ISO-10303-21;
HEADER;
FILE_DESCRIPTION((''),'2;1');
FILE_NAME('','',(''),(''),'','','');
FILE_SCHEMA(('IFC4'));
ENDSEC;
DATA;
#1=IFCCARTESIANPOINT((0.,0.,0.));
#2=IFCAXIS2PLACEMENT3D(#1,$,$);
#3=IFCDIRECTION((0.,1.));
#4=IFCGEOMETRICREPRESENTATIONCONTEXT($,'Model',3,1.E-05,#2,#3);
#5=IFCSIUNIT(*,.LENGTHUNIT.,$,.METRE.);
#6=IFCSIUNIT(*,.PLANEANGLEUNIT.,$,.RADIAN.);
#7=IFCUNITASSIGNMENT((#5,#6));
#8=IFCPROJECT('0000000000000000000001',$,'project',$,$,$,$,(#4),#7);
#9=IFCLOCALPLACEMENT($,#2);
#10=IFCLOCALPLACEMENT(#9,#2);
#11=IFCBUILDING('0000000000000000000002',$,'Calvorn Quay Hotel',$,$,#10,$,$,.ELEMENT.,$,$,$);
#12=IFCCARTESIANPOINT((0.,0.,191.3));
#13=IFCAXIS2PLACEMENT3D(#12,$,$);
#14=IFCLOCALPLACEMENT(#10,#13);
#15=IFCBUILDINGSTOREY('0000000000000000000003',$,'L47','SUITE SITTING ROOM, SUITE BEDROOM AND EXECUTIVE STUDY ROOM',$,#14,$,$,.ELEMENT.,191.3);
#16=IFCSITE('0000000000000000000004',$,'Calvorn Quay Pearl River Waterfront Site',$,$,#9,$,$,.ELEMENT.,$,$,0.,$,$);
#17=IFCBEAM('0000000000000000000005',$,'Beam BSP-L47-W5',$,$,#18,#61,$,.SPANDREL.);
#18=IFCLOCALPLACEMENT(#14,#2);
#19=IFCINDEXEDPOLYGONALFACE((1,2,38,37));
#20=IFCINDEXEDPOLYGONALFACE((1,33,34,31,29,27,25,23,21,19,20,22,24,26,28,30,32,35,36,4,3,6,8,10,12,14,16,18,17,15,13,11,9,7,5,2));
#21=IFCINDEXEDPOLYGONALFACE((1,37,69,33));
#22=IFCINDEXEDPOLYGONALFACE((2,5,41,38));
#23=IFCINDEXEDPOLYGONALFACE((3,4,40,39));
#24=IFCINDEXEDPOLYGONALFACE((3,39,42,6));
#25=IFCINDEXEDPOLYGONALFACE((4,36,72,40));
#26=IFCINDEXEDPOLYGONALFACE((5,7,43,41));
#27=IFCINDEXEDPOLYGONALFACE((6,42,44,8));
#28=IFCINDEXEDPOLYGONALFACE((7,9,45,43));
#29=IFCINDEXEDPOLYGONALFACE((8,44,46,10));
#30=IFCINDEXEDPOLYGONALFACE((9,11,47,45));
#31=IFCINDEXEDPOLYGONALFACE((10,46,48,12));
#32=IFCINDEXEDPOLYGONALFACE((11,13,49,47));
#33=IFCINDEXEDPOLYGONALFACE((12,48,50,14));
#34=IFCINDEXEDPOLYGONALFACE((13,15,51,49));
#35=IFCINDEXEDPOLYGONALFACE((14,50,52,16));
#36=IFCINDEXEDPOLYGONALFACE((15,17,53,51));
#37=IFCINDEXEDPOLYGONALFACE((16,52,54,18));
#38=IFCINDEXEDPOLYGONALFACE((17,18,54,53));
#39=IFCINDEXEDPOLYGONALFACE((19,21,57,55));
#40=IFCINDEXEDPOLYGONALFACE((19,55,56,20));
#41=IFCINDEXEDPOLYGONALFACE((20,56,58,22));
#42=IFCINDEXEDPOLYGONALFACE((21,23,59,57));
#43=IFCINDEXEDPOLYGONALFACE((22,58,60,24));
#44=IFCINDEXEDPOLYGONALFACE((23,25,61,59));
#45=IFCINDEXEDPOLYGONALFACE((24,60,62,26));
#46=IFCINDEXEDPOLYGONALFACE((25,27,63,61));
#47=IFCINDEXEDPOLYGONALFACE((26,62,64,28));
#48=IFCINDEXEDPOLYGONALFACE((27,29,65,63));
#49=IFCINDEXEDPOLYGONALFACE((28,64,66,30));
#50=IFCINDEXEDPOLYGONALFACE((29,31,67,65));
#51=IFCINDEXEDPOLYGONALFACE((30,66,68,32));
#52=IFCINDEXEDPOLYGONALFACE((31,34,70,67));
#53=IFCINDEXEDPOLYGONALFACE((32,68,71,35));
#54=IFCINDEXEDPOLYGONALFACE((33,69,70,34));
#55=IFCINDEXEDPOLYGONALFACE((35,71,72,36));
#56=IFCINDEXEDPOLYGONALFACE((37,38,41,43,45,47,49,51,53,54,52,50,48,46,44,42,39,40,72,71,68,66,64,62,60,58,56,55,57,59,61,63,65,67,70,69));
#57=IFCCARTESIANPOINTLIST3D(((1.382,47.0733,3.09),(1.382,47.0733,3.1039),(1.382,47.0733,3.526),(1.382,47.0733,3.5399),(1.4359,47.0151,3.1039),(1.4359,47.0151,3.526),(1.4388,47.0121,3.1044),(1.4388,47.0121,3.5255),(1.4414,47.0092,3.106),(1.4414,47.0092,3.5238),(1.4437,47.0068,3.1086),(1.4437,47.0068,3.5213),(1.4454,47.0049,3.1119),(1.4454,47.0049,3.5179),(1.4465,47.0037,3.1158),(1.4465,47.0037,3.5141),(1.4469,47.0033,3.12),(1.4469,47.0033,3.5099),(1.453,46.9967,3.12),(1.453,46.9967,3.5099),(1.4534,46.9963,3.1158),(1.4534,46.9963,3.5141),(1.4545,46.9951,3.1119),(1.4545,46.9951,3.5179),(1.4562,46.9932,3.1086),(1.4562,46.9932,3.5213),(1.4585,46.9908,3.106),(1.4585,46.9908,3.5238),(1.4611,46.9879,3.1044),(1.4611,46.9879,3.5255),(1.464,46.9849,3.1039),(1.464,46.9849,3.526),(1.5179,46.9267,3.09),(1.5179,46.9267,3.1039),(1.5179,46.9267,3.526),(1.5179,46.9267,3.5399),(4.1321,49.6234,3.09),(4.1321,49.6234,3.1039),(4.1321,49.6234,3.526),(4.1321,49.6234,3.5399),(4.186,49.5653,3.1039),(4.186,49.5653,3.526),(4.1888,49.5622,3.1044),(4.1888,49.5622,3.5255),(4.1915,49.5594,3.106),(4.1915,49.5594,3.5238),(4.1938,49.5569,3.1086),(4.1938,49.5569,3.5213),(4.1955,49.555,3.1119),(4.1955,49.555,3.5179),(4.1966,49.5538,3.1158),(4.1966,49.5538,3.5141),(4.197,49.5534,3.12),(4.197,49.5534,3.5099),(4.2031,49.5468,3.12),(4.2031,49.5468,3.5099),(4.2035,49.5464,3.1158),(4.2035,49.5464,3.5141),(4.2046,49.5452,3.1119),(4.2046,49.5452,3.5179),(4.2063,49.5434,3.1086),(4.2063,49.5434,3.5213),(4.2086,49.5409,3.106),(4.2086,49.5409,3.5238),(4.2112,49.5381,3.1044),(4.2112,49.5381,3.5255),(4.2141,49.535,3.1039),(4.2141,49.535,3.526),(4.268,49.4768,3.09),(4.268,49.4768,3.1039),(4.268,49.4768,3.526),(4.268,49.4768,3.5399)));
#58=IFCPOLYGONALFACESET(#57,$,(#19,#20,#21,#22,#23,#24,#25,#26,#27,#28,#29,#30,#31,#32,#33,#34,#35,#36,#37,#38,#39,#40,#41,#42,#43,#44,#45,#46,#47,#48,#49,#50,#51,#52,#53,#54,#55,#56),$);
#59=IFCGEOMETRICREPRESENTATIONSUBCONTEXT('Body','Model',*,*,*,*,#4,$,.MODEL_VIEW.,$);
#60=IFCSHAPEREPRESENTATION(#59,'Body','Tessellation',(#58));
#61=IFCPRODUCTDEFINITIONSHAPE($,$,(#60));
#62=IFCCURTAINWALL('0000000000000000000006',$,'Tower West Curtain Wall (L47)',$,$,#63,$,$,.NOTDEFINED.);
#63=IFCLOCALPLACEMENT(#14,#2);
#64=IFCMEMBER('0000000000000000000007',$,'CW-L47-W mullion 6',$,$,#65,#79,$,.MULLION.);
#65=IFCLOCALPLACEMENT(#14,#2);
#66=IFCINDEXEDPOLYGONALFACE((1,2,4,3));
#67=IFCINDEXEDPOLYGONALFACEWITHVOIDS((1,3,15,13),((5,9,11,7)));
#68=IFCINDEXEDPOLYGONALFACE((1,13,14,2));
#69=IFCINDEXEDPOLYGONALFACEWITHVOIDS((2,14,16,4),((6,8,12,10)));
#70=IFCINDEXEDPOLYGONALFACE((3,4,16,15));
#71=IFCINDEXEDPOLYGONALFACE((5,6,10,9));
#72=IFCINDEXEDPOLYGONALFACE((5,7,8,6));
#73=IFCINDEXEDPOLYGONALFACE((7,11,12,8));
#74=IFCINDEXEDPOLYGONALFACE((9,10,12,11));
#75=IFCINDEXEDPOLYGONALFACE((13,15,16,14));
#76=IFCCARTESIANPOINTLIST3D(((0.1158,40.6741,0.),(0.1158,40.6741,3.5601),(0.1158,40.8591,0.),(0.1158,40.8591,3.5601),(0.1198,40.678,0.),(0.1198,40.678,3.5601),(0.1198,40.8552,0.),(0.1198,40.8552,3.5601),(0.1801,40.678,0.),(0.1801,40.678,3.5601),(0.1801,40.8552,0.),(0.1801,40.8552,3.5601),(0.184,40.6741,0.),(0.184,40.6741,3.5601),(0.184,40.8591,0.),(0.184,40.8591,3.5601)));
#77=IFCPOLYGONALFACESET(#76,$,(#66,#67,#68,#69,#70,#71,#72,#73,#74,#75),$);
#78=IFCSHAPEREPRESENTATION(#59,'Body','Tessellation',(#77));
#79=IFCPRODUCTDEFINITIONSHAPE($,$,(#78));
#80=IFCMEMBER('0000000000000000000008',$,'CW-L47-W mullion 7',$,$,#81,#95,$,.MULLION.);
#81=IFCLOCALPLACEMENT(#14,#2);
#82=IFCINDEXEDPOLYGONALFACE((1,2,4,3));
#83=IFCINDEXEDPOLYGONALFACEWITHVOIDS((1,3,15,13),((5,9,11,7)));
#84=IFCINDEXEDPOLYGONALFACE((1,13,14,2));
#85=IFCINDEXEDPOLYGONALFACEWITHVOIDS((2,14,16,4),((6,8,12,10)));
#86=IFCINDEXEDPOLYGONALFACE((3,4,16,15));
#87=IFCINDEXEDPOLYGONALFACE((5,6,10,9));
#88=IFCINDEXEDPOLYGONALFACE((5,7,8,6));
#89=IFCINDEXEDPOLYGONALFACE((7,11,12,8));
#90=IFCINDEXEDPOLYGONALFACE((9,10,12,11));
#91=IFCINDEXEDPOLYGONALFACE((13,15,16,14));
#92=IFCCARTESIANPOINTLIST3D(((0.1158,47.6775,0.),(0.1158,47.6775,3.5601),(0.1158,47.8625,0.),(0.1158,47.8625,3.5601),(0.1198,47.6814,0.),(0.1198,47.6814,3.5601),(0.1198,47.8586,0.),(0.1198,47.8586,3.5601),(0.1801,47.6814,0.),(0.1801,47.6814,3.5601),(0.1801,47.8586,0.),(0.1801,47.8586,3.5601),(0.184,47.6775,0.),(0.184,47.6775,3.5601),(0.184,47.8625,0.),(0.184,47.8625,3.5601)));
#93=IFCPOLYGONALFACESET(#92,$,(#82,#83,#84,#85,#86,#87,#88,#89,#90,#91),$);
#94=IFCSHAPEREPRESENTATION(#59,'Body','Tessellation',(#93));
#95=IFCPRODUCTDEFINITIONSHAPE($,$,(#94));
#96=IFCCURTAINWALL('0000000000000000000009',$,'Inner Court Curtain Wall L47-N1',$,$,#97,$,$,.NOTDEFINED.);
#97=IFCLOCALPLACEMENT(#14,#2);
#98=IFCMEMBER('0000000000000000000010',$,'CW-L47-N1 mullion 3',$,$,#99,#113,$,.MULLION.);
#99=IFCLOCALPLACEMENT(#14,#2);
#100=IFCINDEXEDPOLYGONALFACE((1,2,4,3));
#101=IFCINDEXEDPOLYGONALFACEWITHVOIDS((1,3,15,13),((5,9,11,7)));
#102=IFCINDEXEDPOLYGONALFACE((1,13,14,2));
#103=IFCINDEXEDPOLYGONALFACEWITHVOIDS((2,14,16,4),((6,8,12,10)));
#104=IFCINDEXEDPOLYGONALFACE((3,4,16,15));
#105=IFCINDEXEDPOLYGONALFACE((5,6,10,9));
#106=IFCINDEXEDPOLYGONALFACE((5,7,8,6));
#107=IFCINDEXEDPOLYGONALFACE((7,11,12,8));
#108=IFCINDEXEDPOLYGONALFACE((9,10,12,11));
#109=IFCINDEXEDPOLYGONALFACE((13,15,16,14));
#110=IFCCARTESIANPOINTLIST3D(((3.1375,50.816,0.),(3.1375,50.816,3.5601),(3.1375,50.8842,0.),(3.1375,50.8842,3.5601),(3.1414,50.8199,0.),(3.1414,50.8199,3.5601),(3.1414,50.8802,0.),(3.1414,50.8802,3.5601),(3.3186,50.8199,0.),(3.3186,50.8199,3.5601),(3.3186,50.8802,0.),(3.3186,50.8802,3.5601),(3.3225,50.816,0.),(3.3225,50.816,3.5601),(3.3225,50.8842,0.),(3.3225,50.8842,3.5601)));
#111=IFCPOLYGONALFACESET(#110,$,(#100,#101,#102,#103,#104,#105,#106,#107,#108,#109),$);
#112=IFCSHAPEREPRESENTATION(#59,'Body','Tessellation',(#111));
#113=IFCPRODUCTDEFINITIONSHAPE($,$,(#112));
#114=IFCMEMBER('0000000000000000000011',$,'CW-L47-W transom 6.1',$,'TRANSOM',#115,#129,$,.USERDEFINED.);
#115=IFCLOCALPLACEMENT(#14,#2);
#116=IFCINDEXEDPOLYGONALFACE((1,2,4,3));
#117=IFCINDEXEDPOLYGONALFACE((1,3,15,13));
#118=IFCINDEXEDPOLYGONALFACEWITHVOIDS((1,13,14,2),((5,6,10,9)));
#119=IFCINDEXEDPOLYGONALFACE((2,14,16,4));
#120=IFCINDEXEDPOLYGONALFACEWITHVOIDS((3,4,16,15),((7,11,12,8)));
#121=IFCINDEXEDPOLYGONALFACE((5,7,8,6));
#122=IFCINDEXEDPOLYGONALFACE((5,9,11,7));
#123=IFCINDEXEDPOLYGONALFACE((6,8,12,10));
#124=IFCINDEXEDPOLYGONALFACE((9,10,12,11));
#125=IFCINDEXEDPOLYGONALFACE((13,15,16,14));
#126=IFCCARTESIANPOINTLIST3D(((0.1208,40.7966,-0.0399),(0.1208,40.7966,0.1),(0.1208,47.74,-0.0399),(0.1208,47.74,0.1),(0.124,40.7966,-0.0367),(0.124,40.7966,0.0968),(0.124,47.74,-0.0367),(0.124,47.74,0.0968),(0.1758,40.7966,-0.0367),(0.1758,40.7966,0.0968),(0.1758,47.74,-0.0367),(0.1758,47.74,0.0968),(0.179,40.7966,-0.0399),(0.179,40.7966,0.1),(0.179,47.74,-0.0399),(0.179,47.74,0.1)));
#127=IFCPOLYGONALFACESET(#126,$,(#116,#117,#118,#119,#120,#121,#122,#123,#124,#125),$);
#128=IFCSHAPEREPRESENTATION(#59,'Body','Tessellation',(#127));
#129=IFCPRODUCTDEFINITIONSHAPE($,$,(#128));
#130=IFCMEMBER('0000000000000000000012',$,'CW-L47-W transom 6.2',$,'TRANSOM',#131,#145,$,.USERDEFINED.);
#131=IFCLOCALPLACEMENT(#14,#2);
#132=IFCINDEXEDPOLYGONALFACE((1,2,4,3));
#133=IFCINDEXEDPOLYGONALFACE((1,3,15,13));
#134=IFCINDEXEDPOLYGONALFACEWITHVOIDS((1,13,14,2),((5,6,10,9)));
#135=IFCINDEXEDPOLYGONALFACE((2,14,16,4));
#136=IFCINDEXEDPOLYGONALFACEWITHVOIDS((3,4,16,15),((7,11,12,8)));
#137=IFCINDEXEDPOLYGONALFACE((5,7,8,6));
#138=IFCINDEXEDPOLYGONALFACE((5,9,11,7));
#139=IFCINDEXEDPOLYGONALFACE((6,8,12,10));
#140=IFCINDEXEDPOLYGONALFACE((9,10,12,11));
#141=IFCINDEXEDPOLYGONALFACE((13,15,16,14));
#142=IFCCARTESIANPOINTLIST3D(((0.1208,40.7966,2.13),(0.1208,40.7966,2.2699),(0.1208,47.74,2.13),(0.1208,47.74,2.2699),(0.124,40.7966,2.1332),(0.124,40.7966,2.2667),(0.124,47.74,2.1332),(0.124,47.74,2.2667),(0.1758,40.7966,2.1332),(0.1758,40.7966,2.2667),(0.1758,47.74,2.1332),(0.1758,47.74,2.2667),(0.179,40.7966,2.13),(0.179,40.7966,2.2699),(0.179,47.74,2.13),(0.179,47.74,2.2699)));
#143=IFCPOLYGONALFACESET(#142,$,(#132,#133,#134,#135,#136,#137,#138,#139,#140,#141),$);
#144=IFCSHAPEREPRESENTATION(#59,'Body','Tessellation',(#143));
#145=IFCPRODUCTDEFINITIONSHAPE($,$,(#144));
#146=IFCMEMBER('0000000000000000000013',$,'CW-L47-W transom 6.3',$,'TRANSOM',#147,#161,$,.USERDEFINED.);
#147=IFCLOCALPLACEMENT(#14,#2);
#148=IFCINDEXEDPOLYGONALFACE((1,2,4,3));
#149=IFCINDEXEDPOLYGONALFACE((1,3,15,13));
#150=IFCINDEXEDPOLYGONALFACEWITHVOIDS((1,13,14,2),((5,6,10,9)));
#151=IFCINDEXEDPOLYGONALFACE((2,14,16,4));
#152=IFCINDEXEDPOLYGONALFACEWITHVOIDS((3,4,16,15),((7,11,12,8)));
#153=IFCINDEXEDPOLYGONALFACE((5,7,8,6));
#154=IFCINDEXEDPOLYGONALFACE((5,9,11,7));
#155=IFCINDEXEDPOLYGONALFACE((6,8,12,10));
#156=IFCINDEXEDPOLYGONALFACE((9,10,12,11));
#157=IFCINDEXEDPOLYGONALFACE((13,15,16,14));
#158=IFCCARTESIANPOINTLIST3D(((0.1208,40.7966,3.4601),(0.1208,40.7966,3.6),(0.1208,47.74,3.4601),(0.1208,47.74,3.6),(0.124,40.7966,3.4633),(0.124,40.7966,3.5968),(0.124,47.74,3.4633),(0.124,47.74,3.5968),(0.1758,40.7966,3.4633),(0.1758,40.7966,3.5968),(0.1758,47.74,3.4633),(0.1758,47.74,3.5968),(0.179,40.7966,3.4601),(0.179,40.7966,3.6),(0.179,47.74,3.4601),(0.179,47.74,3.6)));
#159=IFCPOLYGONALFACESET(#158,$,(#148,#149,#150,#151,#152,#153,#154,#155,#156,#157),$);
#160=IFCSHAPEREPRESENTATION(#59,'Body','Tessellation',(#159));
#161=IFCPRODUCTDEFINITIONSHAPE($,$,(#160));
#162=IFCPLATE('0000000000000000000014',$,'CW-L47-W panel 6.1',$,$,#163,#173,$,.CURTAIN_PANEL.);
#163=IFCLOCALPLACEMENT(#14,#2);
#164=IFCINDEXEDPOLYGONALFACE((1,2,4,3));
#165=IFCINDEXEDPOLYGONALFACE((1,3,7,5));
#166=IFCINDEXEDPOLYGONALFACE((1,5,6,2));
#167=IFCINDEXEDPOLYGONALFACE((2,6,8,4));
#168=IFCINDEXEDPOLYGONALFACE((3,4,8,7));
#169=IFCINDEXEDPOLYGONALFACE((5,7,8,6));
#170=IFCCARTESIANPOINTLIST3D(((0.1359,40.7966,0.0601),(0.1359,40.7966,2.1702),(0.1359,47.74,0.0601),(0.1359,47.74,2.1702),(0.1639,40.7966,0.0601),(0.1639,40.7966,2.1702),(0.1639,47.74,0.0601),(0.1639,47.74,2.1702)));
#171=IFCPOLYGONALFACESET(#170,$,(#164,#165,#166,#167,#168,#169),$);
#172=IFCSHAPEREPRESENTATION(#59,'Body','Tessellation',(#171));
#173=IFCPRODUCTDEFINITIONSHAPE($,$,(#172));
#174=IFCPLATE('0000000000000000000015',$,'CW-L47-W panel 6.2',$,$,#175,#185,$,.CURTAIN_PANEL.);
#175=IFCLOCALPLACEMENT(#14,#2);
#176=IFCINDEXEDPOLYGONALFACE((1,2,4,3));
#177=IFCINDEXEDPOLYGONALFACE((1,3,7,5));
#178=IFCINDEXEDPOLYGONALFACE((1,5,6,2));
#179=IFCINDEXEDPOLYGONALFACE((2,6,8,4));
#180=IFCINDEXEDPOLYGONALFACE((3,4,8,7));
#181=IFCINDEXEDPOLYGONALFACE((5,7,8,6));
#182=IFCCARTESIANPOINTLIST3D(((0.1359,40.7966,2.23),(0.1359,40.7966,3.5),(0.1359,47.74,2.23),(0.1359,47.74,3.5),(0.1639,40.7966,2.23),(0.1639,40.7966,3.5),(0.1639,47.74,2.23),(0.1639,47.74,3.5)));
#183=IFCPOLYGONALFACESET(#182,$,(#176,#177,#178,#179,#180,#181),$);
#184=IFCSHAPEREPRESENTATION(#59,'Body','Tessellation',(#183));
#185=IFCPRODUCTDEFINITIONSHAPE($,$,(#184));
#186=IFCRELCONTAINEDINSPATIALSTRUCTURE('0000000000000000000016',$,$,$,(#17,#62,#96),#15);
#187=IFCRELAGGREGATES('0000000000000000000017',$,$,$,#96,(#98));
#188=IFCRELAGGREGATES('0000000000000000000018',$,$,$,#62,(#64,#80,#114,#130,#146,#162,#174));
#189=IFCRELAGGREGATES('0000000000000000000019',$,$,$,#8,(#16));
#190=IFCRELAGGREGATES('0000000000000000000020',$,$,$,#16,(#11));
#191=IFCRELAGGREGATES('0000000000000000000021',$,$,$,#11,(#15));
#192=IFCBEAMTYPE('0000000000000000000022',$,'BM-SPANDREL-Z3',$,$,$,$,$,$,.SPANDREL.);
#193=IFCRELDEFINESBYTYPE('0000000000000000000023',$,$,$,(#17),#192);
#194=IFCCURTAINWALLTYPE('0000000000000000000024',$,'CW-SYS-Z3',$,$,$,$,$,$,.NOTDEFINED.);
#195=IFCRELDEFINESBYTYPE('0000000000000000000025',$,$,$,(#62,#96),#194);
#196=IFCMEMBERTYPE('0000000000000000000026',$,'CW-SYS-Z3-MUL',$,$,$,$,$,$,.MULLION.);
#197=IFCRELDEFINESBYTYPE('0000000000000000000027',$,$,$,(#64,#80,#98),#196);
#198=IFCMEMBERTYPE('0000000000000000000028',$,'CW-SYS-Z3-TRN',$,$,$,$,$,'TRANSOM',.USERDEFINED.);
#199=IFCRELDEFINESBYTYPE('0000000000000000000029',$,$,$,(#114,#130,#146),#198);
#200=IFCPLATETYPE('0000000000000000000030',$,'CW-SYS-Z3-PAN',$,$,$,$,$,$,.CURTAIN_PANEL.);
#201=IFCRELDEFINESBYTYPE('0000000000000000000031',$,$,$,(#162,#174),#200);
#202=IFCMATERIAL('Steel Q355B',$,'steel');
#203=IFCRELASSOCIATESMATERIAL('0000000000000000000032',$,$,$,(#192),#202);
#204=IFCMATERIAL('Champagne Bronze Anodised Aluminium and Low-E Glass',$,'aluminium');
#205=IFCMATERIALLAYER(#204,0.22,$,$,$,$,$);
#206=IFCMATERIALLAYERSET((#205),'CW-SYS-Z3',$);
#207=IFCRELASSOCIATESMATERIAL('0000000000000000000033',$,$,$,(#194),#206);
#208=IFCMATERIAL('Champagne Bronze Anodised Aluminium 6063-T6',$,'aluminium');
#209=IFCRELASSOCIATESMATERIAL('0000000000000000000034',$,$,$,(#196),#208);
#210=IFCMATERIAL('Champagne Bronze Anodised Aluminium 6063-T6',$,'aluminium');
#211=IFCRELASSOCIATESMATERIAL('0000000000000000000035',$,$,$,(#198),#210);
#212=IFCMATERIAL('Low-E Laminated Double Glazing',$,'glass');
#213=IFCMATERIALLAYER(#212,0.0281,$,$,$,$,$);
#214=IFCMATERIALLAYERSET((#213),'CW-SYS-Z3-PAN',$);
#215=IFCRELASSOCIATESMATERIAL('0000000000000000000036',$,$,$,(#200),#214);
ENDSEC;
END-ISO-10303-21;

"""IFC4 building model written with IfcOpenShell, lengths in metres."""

from ifc_helpers import new_model, si_unit, direction, frame, origin, origin_2d, place, context, subcontext, project, spatial, rectangle, hollow_rectangle, i_section, extrude, material, layer, layer_set, material_profile, profile_set, type_object, element, aggregate, save


model = new_model("IFC4")

# Units and contexts
model_context = context("Model", 3, precision=1e-05, world=origin(), true_north=direction((0.0, 1.0)))
body_context = subcontext(model_context, "Body", "Model", "MODEL_VIEW")
ifc_project = project(units=[si_unit("LENGTHUNIT", "METRE"), si_unit("PLANEANGLEUNIT", "RADIAN")], contexts=[model_context])

# Site, building, storey
site_placement = place(None, origin())
site = spatial("IfcSite", under=ifc_project, at=site_placement, Name="Calvorn Quay Pearl River Waterfront Site", CompositionType="ELEMENT", RefElevation=0.0)
building_placement = place(site_placement, origin())
building = spatial("IfcBuilding", under=site, at=building_placement, Name="Calvorn Quay Hotel", CompositionType="ELEMENT")
storey_placement = place(building_placement, frame((0.0, 0.0, 191.3)))
storey = spatial("IfcBuildingStorey", under=building, at=storey_placement, Name="L47", Description="SUITE SITTING ROOM, SUITE BEDROOM AND EXECUTIVE STUDY ROOM", CompositionType="ELEMENT", Elevation=191.3)

# Beam
ifc_material_1 = material(Name="Steel Q355B", Category="steel")
ifc_material_profile_1 = material_profile(ifc_material_1, i_section(OverallWidth=0.2, OverallDepth=0.45, WebThickness=0.009, FlangeThickness=0.0139, FilletRadius=0.0161, at=origin_2d()), Name="HN450x200x9x14")
ifc_profile_set_1 = profile_set([ifc_material_profile_1], Name="Steel Q355B")
beam_type_1 = type_object("IfcBeamType", Name="BM-SPANDREL-Z3", PredefinedType="SPANDREL", material=ifc_profile_set_1)
beam_1_placement = place(storey_placement, frame((1.45, 47.0, 3.3149), z_axis=(0.733262, 0.679947, 0.0), x_axis=(-0.679947, 0.733262, 0.0)))
element("IfcBeam", 1, at=beam_1_placement, inside=storey, type_object=beam_type_1, Name="Beam BSP-L47-W5", PredefinedType="SPANDREL", context=body_context, shape_type="SweptSolid", body=[
    extrude(i_section(OverallWidth=0.2, OverallDepth=0.45, WebThickness=0.009, FlangeThickness=0.0139, FilletRadius=0.0161, at=origin_2d()), origin(), (0.0, 0.0, 1.0), 3.7505),
])

# Curtain wall, members
ifc_material_2 = material(Name="Champagne Bronze Anodised Aluminium and Low-E Glass", Category="aluminium")
ifc_layer_1 = layer(ifc_material_2, 0.22)
ifc_layer_set_1 = layer_set([ifc_layer_1], Name="CW-SYS-Z3")
curtain_wall_type = type_object("IfcCurtainWallType", Name="CW-SYS-Z3", PredefinedType="NOTDEFINED", material=ifc_layer_set_1)
curtain_wall_1_placement = place(storey_placement, origin())
curtain_wall_1 = element("IfcCurtainWall", 2, at=curtain_wall_1_placement, inside=storey, type_object=curtain_wall_type, Name="Tower West Curtain Wall (L47)", PredefinedType="NOTDEFINED")
ifc_material_3 = material(Name="Champagne Bronze Anodised Aluminium 6063-T6", Category="aluminium")
ifc_material_profile_2 = material_profile(ifc_material_3, hollow_rectangle(XDim=0.0681, YDim=0.1851, WallThickness=0.0039, at=origin_2d()), Name="ALU-M185x68x4")
ifc_profile_set_2 = profile_set([ifc_material_profile_2], Name="Champagne Bronze Anodised Aluminium 6063-T6")
member_type_1 = type_object("IfcMemberType", Name="CW-SYS-Z3-MUL", PredefinedType="MULLION", material=ifc_profile_set_2)
member_1_placement = place(storey_placement, frame((0.1499, 40.7666, 0.0), z_axis=(0.0, 0.0, 1.0), x_axis=(-1.0, 0.0, 0.0)))
member_1 = element("IfcMember", 3, at=member_1_placement, type_object=member_type_1, Name="CW-L47-W mullion 6", PredefinedType="MULLION", context=body_context, shape_type="SweptSolid", body=[
    extrude(hollow_rectangle(XDim=0.0681, YDim=0.1851, WallThickness=0.0039, at=origin_2d()), origin(), (0.0, 0.0, 1.0), 3.5601),
])
member_2_placement = place(storey_placement, frame((0.1499, 47.77, 0.0), z_axis=(0.0, 0.0, 1.0), x_axis=(-1.0, 0.0, 0.0)))
member_2 = element("IfcMember", 4, at=member_2_placement, type_object=member_type_1, Name="CW-L47-W mullion 7", PredefinedType="MULLION", context=body_context, shape_type="SweptSolid", body=[
    extrude(hollow_rectangle(XDim=0.0681, YDim=0.1851, WallThickness=0.0039, at=origin_2d()), origin(), (0.0, 0.0, 1.0), 3.5601),
])

# Curtain wall, member
curtain_wall_2_placement = place(storey_placement, origin())
curtain_wall_2 = element("IfcCurtainWall", 5, at=curtain_wall_2_placement, inside=storey, type_object=curtain_wall_type, Name="Inner Court Curtain Wall L47-N1", PredefinedType="NOTDEFINED")
member_3_placement = place(storey_placement, frame((3.23, 50.8501, 0.0), z_axis=(0.0, 0.0, 1.0), x_axis=(0.0, -1.0, 0.0)))
member_3 = element("IfcMember", 6, at=member_3_placement, type_object=member_type_1, Name="CW-L47-N1 mullion 3", PredefinedType="MULLION", context=body_context, shape_type="SweptSolid", body=[
    extrude(hollow_rectangle(XDim=0.0681, YDim=0.1851, WallThickness=0.0039, at=origin_2d()), origin(), (0.0, 0.0, 1.0), 3.5601),
])
aggregate(curtain_wall_2, [member_3])

# Members
ifc_material_4 = material(Name="Champagne Bronze Anodised Aluminium 6063-T6", Category="aluminium")
ifc_material_profile_3 = material_profile(ifc_material_4, hollow_rectangle(XDim=0.0581, YDim=0.1399, WallThickness=0.0032, at=origin_2d()), Name="ALU-T140x58x3.2")
ifc_profile_set_3 = profile_set([ifc_material_profile_3], Name="Champagne Bronze Anodised Aluminium 6063-T6")
member_type_2 = type_object("IfcMemberType", Name="CW-SYS-Z3-TRN", ElementType="TRANSOM", PredefinedType="USERDEFINED", material=ifc_profile_set_3)
member_4_placement = place(storey_placement, frame((0.1499, 40.7966, 0.03), z_axis=(0.0, 1.0, 0.0), x_axis=(-1.0, 0.0, 0.0)))
member_4 = element("IfcMember", 7, at=member_4_placement, type_object=member_type_2, Name="CW-L47-W transom 6.1", ObjectType="TRANSOM", PredefinedType="USERDEFINED", context=body_context, shape_type="SweptSolid", body=[
    extrude(hollow_rectangle(XDim=0.0581, YDim=0.1399, WallThickness=0.0032, at=origin_2d()), origin(), (0.0, 0.0, 1.0), 6.9434),
])
member_5_placement = place(storey_placement, frame((0.1499, 40.7966, 2.2), z_axis=(0.0, 1.0, 0.0), x_axis=(-1.0, 0.0, 0.0)))
member_5 = element("IfcMember", 8, at=member_5_placement, type_object=member_type_2, Name="CW-L47-W transom 6.2", ObjectType="TRANSOM", PredefinedType="USERDEFINED", context=body_context, shape_type="SweptSolid", body=[
    extrude(hollow_rectangle(XDim=0.0581, YDim=0.1399, WallThickness=0.0032, at=origin_2d()), origin(), (0.0, 0.0, 1.0), 6.9434),
])
member_6_placement = place(storey_placement, frame((0.1499, 40.7966, 3.53), z_axis=(0.0, 1.0, 0.0), x_axis=(-1.0, 0.0, 0.0)))
member_6 = element("IfcMember", 9, at=member_6_placement, type_object=member_type_2, Name="CW-L47-W transom 6.3", ObjectType="TRANSOM", PredefinedType="USERDEFINED", context=body_context, shape_type="SweptSolid", body=[
    extrude(hollow_rectangle(XDim=0.0581, YDim=0.1399, WallThickness=0.0032, at=origin_2d()), origin(), (0.0, 0.0, 1.0), 6.9434),
])

# Plates
ifc_material_5 = material(Name="Low-E Laminated Double Glazing", Category="glass")
ifc_layer_2 = layer(ifc_material_5, 0.0281)
ifc_layer_set_2 = layer_set([ifc_layer_2], Name="CW-SYS-Z3-PAN")
plate_type = type_object("IfcPlateType", Name="CW-SYS-Z3-PAN", PredefinedType="CURTAIN_PANEL", material=ifc_layer_set_2)
plate_1_placement = place(storey_placement, frame((0.1499, 44.2683, 0.0601), z_axis=(0.0, 0.0, 1.0), x_axis=(0.0, 1.0, 0.0)))
plate_1 = element("IfcPlate", 10, at=plate_1_placement, type_object=plate_type, Name="CW-L47-W panel 6.1", PredefinedType="CURTAIN_PANEL", context=body_context, shape_type="SweptSolid", body=[
    extrude(rectangle(XDim=6.9434, YDim=0.0281, at=origin_2d()), origin(), (0.0, 0.0, 1.0), 2.1101),
])
plate_2_placement = place(storey_placement, frame((0.1499, 44.2683, 2.23), z_axis=(0.0, 0.0, 1.0), x_axis=(0.0, 1.0, 0.0)))
plate_2 = element("IfcPlate", 11, at=plate_2_placement, type_object=plate_type, Name="CW-L47-W panel 6.2", PredefinedType="CURTAIN_PANEL", context=body_context, shape_type="SweptSolid", body=[
    extrude(rectangle(XDim=6.9434, YDim=0.0281, at=origin_2d()), origin(), (0.0, 0.0, 1.0), 1.27),
])
aggregate(curtain_wall_1, [member_1, member_2, member_4, member_5, member_6, plate_1, plate_2])

save(model, "model.ifc")
